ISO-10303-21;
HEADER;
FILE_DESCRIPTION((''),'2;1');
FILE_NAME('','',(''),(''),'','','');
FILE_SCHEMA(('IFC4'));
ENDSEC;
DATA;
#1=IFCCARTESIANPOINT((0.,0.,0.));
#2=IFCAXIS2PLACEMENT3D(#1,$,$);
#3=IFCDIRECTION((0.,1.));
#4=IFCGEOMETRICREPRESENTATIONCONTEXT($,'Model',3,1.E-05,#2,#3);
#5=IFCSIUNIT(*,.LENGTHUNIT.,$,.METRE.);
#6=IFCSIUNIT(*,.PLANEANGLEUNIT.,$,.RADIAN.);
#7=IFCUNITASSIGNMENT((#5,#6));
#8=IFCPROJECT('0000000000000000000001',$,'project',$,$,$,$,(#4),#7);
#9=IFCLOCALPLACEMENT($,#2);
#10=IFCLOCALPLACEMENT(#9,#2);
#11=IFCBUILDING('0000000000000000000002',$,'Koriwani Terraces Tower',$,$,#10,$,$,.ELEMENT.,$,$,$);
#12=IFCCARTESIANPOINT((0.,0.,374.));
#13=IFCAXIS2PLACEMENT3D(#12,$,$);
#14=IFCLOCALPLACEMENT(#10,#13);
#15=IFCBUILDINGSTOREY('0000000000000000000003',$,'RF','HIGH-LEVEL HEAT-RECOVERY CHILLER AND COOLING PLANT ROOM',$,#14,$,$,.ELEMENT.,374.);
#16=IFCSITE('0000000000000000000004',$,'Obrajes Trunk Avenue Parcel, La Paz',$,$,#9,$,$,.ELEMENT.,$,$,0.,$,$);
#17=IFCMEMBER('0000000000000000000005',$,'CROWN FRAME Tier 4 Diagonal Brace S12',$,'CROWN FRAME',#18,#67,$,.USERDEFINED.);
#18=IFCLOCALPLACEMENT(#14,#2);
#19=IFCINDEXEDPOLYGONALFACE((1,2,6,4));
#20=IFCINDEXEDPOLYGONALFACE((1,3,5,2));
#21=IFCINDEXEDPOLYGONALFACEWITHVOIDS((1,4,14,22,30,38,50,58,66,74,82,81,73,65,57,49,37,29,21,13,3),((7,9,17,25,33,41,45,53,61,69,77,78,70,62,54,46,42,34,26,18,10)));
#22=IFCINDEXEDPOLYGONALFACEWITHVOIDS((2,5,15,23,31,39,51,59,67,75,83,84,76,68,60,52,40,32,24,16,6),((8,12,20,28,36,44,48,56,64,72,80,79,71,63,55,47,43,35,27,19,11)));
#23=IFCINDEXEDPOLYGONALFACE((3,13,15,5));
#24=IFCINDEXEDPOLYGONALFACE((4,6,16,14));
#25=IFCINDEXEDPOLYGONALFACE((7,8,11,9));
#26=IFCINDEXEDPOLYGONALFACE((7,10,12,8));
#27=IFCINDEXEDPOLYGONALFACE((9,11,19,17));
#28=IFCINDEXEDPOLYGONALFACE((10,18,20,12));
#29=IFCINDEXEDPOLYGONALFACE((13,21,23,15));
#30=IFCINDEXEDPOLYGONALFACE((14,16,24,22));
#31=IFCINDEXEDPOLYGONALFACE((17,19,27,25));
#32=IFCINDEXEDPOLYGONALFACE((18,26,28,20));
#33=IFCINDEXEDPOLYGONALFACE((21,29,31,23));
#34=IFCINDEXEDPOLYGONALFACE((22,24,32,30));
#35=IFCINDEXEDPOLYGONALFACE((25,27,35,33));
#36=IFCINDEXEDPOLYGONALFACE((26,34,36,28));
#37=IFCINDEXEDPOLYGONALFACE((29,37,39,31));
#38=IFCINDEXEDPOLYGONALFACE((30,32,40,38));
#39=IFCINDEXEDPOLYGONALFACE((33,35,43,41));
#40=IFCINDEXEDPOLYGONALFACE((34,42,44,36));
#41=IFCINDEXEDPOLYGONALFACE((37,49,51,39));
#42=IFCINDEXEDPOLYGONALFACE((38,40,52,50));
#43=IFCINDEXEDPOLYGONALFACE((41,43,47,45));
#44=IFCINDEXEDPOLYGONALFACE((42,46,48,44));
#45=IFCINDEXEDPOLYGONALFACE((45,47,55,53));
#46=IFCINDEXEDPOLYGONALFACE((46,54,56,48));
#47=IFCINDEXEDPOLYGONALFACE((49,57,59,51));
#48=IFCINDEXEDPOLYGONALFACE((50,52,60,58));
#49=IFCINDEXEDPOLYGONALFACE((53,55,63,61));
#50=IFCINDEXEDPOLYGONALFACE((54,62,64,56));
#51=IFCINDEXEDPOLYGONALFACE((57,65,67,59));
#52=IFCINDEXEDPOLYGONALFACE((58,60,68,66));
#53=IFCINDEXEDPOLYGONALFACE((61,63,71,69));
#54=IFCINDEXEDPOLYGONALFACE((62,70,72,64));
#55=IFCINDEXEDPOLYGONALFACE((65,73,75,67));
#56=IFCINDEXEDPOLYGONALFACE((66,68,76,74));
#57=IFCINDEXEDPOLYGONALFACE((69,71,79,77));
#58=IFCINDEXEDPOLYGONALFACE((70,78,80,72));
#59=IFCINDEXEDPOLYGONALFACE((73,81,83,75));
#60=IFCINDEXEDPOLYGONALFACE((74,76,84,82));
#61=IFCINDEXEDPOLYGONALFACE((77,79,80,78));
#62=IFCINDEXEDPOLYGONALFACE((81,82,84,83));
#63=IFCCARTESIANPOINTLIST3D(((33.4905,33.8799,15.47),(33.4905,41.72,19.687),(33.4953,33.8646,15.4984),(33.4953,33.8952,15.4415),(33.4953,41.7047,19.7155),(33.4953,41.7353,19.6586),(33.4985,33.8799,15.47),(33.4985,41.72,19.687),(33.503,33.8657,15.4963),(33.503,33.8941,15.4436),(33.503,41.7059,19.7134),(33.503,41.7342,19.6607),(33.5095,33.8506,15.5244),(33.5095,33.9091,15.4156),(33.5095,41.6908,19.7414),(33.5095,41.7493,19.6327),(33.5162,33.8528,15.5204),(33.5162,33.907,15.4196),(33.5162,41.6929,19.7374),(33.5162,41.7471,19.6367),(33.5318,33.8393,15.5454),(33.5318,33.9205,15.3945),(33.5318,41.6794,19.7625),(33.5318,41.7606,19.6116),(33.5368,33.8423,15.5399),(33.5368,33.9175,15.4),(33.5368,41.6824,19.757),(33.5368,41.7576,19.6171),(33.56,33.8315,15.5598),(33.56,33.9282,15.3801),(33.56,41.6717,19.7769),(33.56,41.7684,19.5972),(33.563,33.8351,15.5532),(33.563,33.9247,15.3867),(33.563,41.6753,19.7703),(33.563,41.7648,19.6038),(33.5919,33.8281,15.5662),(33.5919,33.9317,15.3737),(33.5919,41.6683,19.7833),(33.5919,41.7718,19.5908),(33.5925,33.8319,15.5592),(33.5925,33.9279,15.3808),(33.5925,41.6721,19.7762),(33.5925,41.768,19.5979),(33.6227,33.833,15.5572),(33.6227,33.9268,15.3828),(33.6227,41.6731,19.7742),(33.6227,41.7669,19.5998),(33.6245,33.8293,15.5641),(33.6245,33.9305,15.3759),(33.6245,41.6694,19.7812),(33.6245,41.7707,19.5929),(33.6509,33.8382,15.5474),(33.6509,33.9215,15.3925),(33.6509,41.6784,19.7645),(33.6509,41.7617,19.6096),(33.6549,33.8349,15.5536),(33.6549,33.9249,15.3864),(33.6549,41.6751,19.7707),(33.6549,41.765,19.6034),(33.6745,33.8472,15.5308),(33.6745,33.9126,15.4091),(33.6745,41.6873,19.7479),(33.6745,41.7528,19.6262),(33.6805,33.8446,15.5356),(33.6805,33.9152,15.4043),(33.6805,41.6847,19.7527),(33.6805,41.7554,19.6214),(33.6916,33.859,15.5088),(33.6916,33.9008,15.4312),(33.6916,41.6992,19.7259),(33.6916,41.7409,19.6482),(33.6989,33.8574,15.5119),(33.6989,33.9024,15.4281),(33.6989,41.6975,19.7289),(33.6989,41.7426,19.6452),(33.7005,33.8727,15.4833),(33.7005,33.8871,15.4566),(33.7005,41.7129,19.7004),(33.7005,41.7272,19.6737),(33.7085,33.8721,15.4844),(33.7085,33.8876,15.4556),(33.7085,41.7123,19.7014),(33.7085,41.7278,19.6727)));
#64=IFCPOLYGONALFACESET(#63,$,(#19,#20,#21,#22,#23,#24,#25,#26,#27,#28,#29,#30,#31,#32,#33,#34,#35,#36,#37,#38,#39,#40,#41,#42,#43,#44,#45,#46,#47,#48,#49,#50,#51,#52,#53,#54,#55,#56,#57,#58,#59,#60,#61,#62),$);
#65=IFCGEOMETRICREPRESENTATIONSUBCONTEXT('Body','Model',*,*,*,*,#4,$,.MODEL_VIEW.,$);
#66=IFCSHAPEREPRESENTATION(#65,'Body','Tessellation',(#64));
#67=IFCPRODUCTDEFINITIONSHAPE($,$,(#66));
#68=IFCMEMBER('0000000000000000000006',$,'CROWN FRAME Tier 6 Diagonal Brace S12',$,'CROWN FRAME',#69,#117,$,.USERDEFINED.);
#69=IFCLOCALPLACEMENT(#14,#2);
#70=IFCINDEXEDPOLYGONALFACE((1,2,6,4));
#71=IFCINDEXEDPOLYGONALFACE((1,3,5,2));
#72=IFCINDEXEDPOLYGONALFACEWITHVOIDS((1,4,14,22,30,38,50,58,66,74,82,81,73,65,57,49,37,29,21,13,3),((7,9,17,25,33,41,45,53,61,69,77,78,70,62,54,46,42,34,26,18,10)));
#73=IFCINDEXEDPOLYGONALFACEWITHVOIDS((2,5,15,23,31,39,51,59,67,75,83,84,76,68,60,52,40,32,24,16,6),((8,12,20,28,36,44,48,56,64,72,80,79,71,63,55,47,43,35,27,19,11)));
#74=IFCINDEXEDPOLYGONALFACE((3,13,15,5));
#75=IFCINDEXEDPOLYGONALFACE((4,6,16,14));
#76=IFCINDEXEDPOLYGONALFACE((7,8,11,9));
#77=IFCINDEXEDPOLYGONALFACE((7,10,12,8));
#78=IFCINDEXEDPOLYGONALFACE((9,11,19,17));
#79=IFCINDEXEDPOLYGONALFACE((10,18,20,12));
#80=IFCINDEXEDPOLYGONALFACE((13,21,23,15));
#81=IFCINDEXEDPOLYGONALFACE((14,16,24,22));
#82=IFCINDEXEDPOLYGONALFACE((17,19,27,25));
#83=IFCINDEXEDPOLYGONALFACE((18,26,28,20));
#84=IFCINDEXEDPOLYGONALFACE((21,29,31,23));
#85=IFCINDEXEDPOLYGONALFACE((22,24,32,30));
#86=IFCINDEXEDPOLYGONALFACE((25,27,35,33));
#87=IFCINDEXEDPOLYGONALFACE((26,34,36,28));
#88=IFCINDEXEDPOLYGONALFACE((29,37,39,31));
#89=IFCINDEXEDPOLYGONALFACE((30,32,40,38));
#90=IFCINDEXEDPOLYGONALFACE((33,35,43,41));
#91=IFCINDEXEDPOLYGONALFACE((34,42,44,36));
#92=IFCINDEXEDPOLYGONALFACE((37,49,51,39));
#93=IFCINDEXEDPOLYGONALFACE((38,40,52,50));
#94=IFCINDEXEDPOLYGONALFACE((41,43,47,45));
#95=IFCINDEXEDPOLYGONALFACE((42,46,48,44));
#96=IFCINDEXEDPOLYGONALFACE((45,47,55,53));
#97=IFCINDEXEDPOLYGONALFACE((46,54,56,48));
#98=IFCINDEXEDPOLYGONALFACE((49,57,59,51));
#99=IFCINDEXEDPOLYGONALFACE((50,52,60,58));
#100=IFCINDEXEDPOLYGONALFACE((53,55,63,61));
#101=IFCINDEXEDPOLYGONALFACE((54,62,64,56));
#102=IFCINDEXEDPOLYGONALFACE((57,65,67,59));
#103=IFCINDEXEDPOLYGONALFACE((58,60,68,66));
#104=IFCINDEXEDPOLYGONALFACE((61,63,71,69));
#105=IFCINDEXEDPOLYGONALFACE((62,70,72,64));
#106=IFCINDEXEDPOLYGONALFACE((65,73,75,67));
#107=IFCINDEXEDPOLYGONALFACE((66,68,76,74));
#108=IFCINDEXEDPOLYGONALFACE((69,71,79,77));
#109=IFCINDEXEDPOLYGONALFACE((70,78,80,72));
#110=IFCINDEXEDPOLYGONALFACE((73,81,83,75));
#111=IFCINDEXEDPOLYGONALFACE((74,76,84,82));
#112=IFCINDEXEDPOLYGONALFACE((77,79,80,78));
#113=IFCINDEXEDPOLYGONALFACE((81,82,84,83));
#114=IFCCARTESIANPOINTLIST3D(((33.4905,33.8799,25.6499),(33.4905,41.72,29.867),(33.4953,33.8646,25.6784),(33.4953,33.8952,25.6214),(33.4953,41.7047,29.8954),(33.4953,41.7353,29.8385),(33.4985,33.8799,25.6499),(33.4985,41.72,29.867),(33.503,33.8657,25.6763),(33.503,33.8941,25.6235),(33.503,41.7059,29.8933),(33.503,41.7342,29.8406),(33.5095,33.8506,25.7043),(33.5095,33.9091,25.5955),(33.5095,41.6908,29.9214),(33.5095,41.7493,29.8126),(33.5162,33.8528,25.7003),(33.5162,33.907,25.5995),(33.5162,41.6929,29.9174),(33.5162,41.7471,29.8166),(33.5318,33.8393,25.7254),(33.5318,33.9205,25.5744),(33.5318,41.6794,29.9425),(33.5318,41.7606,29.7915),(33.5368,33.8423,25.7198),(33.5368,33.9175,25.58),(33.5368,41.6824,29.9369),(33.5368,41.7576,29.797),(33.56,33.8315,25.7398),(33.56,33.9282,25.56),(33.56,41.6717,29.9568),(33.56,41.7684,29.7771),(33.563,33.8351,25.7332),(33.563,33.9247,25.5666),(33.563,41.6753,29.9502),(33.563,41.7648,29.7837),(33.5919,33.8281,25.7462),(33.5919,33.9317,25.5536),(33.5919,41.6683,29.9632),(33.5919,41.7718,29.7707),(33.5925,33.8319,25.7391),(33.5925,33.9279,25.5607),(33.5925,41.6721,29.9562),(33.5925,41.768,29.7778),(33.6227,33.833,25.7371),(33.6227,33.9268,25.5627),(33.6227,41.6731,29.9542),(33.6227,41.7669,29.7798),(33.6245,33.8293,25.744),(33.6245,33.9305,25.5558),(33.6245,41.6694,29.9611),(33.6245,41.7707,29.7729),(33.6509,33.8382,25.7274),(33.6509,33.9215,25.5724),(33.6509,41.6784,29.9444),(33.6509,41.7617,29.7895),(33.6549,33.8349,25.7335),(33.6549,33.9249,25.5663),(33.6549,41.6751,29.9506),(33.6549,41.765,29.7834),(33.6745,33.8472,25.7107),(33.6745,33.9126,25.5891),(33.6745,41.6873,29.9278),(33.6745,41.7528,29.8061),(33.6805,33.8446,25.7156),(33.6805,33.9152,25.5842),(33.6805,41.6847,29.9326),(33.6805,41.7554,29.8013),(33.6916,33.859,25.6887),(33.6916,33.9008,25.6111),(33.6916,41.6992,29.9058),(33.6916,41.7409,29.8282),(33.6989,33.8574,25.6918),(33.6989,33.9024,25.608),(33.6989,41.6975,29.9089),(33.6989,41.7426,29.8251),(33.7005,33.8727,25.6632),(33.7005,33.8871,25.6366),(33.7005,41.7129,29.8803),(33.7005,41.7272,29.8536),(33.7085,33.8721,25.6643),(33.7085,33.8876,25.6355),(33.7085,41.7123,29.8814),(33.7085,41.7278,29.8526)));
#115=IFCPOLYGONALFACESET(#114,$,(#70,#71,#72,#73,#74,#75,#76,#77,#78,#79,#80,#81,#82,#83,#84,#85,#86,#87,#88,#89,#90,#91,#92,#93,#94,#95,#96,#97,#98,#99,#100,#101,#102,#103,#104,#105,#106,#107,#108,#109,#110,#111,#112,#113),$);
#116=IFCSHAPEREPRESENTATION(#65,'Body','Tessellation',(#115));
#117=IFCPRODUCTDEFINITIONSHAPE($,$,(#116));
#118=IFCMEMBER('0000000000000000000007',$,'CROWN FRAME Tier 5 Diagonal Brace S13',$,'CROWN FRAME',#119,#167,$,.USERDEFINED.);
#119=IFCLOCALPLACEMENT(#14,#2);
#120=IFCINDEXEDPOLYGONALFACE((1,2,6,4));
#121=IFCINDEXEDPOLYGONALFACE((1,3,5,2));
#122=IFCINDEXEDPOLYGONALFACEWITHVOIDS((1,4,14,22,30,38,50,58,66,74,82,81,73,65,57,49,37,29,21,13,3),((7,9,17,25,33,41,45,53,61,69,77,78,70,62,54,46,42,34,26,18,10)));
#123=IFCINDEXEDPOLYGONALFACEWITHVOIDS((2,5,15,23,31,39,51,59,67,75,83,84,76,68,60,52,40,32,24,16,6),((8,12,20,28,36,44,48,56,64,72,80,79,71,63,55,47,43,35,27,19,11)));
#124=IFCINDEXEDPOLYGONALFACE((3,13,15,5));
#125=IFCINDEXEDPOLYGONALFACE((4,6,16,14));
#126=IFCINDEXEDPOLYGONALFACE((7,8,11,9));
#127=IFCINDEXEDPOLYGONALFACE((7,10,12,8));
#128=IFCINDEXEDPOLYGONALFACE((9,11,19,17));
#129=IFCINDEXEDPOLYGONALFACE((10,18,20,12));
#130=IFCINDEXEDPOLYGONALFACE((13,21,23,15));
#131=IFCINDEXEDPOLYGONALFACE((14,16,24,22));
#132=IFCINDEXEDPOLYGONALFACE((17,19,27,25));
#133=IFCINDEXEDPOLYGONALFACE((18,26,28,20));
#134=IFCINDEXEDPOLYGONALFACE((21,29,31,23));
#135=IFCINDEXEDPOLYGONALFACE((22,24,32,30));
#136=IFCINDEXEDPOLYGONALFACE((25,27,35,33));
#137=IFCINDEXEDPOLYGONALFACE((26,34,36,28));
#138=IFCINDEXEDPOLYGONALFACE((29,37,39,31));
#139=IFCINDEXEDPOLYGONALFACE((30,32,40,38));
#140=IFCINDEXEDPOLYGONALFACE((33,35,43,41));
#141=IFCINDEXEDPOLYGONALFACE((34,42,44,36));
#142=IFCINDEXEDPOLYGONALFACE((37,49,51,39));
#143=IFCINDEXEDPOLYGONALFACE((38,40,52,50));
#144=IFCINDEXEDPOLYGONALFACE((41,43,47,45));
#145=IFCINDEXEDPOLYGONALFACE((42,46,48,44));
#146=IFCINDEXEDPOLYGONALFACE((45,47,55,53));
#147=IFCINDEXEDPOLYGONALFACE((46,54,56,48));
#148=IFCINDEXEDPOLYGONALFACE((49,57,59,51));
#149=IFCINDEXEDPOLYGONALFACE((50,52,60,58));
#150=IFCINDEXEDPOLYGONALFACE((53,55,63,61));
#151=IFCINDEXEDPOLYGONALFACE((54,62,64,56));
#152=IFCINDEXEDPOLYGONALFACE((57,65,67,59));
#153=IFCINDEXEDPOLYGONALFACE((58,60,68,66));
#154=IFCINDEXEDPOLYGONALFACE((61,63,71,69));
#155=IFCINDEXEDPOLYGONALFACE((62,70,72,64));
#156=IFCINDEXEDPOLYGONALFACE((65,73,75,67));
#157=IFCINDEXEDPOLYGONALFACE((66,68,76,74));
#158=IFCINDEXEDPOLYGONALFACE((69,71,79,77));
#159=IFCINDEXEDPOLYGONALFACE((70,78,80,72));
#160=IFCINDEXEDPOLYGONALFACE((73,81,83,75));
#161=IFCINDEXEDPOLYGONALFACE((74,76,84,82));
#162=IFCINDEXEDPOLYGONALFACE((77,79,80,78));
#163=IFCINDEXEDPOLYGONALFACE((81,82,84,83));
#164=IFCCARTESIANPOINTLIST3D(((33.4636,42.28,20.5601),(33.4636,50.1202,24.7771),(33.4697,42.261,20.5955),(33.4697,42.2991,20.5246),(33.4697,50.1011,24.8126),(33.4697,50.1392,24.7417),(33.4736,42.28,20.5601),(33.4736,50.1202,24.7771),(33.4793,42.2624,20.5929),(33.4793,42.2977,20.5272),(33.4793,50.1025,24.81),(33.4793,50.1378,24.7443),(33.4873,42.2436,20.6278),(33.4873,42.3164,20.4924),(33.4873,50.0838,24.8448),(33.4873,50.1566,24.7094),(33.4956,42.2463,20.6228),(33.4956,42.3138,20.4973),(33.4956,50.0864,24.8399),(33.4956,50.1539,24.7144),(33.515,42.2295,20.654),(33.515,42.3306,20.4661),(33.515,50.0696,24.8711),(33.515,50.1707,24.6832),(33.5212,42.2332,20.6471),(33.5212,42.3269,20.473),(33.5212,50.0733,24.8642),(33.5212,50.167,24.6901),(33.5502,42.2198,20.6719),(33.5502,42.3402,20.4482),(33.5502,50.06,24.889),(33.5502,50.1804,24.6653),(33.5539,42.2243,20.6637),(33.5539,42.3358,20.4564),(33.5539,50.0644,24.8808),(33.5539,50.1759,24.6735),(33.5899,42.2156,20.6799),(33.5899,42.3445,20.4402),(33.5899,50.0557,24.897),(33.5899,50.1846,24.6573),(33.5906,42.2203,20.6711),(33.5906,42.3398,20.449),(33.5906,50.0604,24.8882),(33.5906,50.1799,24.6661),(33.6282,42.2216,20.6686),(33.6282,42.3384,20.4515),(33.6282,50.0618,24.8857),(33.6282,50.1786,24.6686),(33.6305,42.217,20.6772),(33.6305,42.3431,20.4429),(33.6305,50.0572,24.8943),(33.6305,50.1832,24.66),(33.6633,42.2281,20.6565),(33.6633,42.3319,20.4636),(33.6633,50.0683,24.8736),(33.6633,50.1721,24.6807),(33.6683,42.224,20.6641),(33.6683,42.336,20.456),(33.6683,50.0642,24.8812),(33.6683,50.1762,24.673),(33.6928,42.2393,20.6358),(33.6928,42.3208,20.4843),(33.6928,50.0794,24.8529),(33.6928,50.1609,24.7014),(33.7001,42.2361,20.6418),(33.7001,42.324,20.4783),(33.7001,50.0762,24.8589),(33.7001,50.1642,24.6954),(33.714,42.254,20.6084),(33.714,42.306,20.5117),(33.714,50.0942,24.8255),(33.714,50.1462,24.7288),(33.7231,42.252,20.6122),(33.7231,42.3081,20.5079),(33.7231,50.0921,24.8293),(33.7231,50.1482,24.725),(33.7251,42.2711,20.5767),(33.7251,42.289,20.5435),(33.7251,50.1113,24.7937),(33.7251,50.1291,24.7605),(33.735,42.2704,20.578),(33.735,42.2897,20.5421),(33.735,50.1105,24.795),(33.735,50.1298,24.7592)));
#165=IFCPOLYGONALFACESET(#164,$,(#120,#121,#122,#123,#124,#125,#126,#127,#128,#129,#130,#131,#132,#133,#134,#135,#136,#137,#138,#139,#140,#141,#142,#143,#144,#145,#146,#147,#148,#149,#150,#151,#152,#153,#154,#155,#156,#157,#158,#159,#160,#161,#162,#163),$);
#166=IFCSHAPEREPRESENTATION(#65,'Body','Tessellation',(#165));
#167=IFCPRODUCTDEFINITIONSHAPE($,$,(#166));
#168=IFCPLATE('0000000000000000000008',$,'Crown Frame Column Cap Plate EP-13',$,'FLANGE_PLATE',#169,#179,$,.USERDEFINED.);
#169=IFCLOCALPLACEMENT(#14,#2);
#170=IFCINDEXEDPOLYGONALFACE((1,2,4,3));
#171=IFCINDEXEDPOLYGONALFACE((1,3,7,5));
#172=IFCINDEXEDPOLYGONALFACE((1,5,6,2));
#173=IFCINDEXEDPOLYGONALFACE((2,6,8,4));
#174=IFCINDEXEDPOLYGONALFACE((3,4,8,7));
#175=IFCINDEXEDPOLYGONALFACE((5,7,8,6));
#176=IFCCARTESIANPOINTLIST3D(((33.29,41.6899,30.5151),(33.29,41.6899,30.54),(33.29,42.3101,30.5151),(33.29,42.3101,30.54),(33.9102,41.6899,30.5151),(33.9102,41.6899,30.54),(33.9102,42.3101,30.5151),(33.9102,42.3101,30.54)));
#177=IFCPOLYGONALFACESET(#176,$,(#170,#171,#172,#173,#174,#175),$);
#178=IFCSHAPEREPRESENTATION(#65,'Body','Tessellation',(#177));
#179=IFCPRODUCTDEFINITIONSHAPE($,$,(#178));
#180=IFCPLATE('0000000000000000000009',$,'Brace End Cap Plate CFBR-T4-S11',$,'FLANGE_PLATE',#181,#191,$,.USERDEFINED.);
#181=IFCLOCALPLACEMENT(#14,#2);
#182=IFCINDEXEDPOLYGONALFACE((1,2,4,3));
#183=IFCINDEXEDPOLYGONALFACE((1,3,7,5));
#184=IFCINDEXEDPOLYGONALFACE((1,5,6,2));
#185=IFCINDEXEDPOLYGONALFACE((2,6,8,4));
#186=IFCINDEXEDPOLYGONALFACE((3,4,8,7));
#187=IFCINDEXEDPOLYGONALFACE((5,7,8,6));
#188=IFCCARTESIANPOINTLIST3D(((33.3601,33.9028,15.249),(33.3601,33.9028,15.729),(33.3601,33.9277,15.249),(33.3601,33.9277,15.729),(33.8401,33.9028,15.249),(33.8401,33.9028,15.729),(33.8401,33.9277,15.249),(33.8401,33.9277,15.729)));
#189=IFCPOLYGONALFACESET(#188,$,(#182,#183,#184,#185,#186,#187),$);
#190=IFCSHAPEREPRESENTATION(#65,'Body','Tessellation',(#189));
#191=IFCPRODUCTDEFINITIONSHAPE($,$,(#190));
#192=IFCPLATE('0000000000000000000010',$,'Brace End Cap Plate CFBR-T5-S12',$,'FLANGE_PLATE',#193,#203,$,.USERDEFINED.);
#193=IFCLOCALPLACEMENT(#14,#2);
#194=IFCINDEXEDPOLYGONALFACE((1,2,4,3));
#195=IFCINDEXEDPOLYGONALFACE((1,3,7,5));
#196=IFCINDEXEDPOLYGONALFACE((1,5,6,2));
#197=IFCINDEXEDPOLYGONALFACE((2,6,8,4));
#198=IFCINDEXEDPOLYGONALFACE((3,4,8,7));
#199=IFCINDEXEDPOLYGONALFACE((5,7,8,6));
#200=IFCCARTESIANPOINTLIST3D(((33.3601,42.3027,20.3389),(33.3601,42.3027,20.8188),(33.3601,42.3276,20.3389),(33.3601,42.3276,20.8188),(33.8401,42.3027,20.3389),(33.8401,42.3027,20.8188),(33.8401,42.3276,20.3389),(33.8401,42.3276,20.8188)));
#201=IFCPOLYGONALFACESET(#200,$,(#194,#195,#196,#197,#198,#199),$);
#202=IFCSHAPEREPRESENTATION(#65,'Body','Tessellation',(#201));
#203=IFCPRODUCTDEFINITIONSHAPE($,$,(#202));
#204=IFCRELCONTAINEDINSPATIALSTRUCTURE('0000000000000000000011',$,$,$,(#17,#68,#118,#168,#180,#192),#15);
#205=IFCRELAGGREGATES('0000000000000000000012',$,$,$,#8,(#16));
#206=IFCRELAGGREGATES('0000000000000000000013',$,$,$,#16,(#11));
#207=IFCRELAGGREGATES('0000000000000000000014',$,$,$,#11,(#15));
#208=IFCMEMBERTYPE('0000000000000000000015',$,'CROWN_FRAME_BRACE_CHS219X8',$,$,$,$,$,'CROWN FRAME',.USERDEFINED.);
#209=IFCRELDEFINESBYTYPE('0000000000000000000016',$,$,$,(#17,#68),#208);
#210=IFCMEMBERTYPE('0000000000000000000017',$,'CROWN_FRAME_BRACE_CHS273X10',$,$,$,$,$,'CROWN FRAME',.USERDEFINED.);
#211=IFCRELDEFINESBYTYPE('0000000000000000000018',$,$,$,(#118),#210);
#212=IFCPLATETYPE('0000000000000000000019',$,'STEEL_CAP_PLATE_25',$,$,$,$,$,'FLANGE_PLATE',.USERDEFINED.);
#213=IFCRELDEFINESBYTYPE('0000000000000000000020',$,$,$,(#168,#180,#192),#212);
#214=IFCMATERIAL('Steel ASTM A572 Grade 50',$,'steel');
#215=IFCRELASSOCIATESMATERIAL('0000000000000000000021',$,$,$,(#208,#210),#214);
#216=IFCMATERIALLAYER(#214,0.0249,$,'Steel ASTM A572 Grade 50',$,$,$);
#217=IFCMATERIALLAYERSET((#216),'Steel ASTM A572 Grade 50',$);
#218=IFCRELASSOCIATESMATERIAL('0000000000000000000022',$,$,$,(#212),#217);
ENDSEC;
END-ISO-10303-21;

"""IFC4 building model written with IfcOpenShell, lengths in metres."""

from ifc_helpers import new_model, si_unit, direction, frame, origin, origin_2d, place, context, subcontext, project, spatial, rectangle, hollow_circle, extrude, material, layer, layer_set, material_profile, profile_set, type_object, element, save


model = new_model("IFC4")

# Units and contexts
model_context = context("Model", 3, precision=1e-05, world=origin(), true_north=direction((0.0, 1.0)))
body_context = subcontext(model_context, "Body", "Model", "MODEL_VIEW")
ifc_project = project(units=[si_unit("LENGTHUNIT", "METRE"), si_unit("PLANEANGLEUNIT", "RADIAN")], contexts=[model_context])

# Site, building, storey
site_placement = place(None, origin())
site = spatial("IfcSite", under=ifc_project, at=site_placement, Name="Obrajes Trunk Avenue Parcel, La Paz", CompositionType="ELEMENT", RefElevation=0.0)
building_placement = place(site_placement, origin())
building = spatial("IfcBuilding", under=site, at=building_placement, Name="Koriwani Terraces Tower", CompositionType="ELEMENT")
storey_placement = place(building_placement, frame((0.0, 0.0, 374.0)))
storey = spatial("IfcBuildingStorey", under=building, at=storey_placement, Name="RF", Description="HIGH-LEVEL HEAT-RECOVERY CHILLER AND COOLING PLANT ROOM", CompositionType="ELEMENT", Elevation=374.0)

# Shared definitions
ifc_material_1 = material(Name="Steel ASTM A572 Grade 50", Category="steel")

# Members
ifc_material_profile_1 = material_profile(ifc_material_1, hollow_circle(Radius=0.1096, WallThickness=0.0081, at=origin_2d()), Name="Steel ASTM A572 Grade 50", Category="LoadBearing")
ifc_profile_set_1 = profile_set([ifc_material_profile_1], Name="Steel ASTM A572 Grade 50")
member_type_1 = type_object("IfcMemberType", Name="CROWN_FRAME_BRACE_CHS219X8", ElementType="CROWN FRAME", PredefinedType="USERDEFINED", material=ifc_profile_set_1)
for number, where, z_axis, x_axis, name in (
    (1, (33.6001, 33.8799, 15.47), (0.0, 0.880684, 0.473704), (-1.0, 0.0, 0.0), "CROWN FRAME Tier 4 Diagonal Brace S12"),
    (2, (33.6001, 33.8799, 25.6499), (0.0, 0.880684, 0.473704), (-1.0, 0.0, 0.0), "CROWN FRAME Tier 6 Diagonal Brace S12"),
):
    element("IfcMember", number, at=place(storey_placement, frame(where, z_axis=z_axis, x_axis=x_axis)), inside=storey, type_object=member_type_1, Name=name, ObjectType="CROWN FRAME", PredefinedType="USERDEFINED", context=body_context, shape_type="SweptSolid", body=[
        extrude(hollow_circle(Radius=0.1096, WallThickness=0.0081, at=origin_2d()), origin(), (0.0, 0.0, 1.0), 8.9023),
    ])
ifc_material_profile_2 = material_profile(ifc_material_1, hollow_circle(Radius=0.1365, WallThickness=0.01, at=origin_2d()), Name="Steel ASTM A572 Grade 50", Category="LoadBearing")
ifc_profile_set_2 = profile_set([ifc_material_profile_2], Name="Steel ASTM A572 Grade 50")
member_type_2 = type_object("IfcMemberType", Name="CROWN_FRAME_BRACE_CHS273X10", ElementType="CROWN FRAME", PredefinedType="USERDEFINED", material=ifc_profile_set_2)
member_placement = place(storey_placement, frame((33.6001, 42.28, 20.5601), z_axis=(0.0, 0.880684, 0.473704), x_axis=(-1.0, 0.0, 0.0)))
element("IfcMember", 3, at=member_placement, inside=storey, type_object=member_type_2, Name="CROWN FRAME Tier 5 Diagonal Brace S13", ObjectType="CROWN FRAME", PredefinedType="USERDEFINED", context=body_context, shape_type="SweptSolid", body=[
    extrude(hollow_circle(Radius=0.1365, WallThickness=0.01, at=origin_2d()), origin(), (0.0, 0.0, 1.0), 8.9023),
])

# Plates
ifc_layer_1 = layer(ifc_material_1, 0.0249, Name="Steel ASTM A572 Grade 50")
ifc_layer_set_1 = layer_set([ifc_layer_1], Name="Steel ASTM A572 Grade 50")
plate_type_1 = type_object("IfcPlateType", Name="STEEL_CAP_PLATE_25", ElementType="FLANGE_PLATE", PredefinedType="USERDEFINED", material=ifc_layer_set_1)
plate_placement = place(storey_placement, frame((33.6001, 42.0, 30.5151), z_axis=(0.0, 0.0, 1.0), x_axis=(1.0, 0.0, 0.0)))
element("IfcPlate", 4, at=plate_placement, inside=storey, type_object=plate_type_1, Name="Crown Frame Column Cap Plate EP-13", ObjectType="FLANGE_PLATE", PredefinedType="USERDEFINED", context=body_context, shape_type="SweptSolid", body=[
    extrude(rectangle(XDim=0.6201, YDim=0.6201, at=origin_2d()), origin(), (0.0, 0.0, 1.0), 0.0249),
])
for number, where, z_axis, x_axis, name in (
    (5, (33.6001, 33.9153, 15.249), (0.0, 0.0, 1.0), (0.0, 1.0, 0.0), "Brace End Cap Plate CFBR-T4-S11"),
    (6, (33.6001, 42.3152, 20.3389), (0.0, 0.0, 1.0), (0.0, 1.0, 0.0), "Brace End Cap Plate CFBR-T5-S12"),
):
    element("IfcPlate", number, at=place(storey_placement, frame(where, z_axis=z_axis, x_axis=x_axis)), inside=storey, type_object=plate_type_1, Name=name, ObjectType="FLANGE_PLATE", PredefinedType="USERDEFINED", context=body_context, shape_type="SweptSolid", body=[
        extrude(rectangle(XDim=0.0249, YDim=0.48, at=origin_2d()), origin(), (0.0, 0.0, 1.0), 0.48),
    ])

save(model, "model.ifc")
